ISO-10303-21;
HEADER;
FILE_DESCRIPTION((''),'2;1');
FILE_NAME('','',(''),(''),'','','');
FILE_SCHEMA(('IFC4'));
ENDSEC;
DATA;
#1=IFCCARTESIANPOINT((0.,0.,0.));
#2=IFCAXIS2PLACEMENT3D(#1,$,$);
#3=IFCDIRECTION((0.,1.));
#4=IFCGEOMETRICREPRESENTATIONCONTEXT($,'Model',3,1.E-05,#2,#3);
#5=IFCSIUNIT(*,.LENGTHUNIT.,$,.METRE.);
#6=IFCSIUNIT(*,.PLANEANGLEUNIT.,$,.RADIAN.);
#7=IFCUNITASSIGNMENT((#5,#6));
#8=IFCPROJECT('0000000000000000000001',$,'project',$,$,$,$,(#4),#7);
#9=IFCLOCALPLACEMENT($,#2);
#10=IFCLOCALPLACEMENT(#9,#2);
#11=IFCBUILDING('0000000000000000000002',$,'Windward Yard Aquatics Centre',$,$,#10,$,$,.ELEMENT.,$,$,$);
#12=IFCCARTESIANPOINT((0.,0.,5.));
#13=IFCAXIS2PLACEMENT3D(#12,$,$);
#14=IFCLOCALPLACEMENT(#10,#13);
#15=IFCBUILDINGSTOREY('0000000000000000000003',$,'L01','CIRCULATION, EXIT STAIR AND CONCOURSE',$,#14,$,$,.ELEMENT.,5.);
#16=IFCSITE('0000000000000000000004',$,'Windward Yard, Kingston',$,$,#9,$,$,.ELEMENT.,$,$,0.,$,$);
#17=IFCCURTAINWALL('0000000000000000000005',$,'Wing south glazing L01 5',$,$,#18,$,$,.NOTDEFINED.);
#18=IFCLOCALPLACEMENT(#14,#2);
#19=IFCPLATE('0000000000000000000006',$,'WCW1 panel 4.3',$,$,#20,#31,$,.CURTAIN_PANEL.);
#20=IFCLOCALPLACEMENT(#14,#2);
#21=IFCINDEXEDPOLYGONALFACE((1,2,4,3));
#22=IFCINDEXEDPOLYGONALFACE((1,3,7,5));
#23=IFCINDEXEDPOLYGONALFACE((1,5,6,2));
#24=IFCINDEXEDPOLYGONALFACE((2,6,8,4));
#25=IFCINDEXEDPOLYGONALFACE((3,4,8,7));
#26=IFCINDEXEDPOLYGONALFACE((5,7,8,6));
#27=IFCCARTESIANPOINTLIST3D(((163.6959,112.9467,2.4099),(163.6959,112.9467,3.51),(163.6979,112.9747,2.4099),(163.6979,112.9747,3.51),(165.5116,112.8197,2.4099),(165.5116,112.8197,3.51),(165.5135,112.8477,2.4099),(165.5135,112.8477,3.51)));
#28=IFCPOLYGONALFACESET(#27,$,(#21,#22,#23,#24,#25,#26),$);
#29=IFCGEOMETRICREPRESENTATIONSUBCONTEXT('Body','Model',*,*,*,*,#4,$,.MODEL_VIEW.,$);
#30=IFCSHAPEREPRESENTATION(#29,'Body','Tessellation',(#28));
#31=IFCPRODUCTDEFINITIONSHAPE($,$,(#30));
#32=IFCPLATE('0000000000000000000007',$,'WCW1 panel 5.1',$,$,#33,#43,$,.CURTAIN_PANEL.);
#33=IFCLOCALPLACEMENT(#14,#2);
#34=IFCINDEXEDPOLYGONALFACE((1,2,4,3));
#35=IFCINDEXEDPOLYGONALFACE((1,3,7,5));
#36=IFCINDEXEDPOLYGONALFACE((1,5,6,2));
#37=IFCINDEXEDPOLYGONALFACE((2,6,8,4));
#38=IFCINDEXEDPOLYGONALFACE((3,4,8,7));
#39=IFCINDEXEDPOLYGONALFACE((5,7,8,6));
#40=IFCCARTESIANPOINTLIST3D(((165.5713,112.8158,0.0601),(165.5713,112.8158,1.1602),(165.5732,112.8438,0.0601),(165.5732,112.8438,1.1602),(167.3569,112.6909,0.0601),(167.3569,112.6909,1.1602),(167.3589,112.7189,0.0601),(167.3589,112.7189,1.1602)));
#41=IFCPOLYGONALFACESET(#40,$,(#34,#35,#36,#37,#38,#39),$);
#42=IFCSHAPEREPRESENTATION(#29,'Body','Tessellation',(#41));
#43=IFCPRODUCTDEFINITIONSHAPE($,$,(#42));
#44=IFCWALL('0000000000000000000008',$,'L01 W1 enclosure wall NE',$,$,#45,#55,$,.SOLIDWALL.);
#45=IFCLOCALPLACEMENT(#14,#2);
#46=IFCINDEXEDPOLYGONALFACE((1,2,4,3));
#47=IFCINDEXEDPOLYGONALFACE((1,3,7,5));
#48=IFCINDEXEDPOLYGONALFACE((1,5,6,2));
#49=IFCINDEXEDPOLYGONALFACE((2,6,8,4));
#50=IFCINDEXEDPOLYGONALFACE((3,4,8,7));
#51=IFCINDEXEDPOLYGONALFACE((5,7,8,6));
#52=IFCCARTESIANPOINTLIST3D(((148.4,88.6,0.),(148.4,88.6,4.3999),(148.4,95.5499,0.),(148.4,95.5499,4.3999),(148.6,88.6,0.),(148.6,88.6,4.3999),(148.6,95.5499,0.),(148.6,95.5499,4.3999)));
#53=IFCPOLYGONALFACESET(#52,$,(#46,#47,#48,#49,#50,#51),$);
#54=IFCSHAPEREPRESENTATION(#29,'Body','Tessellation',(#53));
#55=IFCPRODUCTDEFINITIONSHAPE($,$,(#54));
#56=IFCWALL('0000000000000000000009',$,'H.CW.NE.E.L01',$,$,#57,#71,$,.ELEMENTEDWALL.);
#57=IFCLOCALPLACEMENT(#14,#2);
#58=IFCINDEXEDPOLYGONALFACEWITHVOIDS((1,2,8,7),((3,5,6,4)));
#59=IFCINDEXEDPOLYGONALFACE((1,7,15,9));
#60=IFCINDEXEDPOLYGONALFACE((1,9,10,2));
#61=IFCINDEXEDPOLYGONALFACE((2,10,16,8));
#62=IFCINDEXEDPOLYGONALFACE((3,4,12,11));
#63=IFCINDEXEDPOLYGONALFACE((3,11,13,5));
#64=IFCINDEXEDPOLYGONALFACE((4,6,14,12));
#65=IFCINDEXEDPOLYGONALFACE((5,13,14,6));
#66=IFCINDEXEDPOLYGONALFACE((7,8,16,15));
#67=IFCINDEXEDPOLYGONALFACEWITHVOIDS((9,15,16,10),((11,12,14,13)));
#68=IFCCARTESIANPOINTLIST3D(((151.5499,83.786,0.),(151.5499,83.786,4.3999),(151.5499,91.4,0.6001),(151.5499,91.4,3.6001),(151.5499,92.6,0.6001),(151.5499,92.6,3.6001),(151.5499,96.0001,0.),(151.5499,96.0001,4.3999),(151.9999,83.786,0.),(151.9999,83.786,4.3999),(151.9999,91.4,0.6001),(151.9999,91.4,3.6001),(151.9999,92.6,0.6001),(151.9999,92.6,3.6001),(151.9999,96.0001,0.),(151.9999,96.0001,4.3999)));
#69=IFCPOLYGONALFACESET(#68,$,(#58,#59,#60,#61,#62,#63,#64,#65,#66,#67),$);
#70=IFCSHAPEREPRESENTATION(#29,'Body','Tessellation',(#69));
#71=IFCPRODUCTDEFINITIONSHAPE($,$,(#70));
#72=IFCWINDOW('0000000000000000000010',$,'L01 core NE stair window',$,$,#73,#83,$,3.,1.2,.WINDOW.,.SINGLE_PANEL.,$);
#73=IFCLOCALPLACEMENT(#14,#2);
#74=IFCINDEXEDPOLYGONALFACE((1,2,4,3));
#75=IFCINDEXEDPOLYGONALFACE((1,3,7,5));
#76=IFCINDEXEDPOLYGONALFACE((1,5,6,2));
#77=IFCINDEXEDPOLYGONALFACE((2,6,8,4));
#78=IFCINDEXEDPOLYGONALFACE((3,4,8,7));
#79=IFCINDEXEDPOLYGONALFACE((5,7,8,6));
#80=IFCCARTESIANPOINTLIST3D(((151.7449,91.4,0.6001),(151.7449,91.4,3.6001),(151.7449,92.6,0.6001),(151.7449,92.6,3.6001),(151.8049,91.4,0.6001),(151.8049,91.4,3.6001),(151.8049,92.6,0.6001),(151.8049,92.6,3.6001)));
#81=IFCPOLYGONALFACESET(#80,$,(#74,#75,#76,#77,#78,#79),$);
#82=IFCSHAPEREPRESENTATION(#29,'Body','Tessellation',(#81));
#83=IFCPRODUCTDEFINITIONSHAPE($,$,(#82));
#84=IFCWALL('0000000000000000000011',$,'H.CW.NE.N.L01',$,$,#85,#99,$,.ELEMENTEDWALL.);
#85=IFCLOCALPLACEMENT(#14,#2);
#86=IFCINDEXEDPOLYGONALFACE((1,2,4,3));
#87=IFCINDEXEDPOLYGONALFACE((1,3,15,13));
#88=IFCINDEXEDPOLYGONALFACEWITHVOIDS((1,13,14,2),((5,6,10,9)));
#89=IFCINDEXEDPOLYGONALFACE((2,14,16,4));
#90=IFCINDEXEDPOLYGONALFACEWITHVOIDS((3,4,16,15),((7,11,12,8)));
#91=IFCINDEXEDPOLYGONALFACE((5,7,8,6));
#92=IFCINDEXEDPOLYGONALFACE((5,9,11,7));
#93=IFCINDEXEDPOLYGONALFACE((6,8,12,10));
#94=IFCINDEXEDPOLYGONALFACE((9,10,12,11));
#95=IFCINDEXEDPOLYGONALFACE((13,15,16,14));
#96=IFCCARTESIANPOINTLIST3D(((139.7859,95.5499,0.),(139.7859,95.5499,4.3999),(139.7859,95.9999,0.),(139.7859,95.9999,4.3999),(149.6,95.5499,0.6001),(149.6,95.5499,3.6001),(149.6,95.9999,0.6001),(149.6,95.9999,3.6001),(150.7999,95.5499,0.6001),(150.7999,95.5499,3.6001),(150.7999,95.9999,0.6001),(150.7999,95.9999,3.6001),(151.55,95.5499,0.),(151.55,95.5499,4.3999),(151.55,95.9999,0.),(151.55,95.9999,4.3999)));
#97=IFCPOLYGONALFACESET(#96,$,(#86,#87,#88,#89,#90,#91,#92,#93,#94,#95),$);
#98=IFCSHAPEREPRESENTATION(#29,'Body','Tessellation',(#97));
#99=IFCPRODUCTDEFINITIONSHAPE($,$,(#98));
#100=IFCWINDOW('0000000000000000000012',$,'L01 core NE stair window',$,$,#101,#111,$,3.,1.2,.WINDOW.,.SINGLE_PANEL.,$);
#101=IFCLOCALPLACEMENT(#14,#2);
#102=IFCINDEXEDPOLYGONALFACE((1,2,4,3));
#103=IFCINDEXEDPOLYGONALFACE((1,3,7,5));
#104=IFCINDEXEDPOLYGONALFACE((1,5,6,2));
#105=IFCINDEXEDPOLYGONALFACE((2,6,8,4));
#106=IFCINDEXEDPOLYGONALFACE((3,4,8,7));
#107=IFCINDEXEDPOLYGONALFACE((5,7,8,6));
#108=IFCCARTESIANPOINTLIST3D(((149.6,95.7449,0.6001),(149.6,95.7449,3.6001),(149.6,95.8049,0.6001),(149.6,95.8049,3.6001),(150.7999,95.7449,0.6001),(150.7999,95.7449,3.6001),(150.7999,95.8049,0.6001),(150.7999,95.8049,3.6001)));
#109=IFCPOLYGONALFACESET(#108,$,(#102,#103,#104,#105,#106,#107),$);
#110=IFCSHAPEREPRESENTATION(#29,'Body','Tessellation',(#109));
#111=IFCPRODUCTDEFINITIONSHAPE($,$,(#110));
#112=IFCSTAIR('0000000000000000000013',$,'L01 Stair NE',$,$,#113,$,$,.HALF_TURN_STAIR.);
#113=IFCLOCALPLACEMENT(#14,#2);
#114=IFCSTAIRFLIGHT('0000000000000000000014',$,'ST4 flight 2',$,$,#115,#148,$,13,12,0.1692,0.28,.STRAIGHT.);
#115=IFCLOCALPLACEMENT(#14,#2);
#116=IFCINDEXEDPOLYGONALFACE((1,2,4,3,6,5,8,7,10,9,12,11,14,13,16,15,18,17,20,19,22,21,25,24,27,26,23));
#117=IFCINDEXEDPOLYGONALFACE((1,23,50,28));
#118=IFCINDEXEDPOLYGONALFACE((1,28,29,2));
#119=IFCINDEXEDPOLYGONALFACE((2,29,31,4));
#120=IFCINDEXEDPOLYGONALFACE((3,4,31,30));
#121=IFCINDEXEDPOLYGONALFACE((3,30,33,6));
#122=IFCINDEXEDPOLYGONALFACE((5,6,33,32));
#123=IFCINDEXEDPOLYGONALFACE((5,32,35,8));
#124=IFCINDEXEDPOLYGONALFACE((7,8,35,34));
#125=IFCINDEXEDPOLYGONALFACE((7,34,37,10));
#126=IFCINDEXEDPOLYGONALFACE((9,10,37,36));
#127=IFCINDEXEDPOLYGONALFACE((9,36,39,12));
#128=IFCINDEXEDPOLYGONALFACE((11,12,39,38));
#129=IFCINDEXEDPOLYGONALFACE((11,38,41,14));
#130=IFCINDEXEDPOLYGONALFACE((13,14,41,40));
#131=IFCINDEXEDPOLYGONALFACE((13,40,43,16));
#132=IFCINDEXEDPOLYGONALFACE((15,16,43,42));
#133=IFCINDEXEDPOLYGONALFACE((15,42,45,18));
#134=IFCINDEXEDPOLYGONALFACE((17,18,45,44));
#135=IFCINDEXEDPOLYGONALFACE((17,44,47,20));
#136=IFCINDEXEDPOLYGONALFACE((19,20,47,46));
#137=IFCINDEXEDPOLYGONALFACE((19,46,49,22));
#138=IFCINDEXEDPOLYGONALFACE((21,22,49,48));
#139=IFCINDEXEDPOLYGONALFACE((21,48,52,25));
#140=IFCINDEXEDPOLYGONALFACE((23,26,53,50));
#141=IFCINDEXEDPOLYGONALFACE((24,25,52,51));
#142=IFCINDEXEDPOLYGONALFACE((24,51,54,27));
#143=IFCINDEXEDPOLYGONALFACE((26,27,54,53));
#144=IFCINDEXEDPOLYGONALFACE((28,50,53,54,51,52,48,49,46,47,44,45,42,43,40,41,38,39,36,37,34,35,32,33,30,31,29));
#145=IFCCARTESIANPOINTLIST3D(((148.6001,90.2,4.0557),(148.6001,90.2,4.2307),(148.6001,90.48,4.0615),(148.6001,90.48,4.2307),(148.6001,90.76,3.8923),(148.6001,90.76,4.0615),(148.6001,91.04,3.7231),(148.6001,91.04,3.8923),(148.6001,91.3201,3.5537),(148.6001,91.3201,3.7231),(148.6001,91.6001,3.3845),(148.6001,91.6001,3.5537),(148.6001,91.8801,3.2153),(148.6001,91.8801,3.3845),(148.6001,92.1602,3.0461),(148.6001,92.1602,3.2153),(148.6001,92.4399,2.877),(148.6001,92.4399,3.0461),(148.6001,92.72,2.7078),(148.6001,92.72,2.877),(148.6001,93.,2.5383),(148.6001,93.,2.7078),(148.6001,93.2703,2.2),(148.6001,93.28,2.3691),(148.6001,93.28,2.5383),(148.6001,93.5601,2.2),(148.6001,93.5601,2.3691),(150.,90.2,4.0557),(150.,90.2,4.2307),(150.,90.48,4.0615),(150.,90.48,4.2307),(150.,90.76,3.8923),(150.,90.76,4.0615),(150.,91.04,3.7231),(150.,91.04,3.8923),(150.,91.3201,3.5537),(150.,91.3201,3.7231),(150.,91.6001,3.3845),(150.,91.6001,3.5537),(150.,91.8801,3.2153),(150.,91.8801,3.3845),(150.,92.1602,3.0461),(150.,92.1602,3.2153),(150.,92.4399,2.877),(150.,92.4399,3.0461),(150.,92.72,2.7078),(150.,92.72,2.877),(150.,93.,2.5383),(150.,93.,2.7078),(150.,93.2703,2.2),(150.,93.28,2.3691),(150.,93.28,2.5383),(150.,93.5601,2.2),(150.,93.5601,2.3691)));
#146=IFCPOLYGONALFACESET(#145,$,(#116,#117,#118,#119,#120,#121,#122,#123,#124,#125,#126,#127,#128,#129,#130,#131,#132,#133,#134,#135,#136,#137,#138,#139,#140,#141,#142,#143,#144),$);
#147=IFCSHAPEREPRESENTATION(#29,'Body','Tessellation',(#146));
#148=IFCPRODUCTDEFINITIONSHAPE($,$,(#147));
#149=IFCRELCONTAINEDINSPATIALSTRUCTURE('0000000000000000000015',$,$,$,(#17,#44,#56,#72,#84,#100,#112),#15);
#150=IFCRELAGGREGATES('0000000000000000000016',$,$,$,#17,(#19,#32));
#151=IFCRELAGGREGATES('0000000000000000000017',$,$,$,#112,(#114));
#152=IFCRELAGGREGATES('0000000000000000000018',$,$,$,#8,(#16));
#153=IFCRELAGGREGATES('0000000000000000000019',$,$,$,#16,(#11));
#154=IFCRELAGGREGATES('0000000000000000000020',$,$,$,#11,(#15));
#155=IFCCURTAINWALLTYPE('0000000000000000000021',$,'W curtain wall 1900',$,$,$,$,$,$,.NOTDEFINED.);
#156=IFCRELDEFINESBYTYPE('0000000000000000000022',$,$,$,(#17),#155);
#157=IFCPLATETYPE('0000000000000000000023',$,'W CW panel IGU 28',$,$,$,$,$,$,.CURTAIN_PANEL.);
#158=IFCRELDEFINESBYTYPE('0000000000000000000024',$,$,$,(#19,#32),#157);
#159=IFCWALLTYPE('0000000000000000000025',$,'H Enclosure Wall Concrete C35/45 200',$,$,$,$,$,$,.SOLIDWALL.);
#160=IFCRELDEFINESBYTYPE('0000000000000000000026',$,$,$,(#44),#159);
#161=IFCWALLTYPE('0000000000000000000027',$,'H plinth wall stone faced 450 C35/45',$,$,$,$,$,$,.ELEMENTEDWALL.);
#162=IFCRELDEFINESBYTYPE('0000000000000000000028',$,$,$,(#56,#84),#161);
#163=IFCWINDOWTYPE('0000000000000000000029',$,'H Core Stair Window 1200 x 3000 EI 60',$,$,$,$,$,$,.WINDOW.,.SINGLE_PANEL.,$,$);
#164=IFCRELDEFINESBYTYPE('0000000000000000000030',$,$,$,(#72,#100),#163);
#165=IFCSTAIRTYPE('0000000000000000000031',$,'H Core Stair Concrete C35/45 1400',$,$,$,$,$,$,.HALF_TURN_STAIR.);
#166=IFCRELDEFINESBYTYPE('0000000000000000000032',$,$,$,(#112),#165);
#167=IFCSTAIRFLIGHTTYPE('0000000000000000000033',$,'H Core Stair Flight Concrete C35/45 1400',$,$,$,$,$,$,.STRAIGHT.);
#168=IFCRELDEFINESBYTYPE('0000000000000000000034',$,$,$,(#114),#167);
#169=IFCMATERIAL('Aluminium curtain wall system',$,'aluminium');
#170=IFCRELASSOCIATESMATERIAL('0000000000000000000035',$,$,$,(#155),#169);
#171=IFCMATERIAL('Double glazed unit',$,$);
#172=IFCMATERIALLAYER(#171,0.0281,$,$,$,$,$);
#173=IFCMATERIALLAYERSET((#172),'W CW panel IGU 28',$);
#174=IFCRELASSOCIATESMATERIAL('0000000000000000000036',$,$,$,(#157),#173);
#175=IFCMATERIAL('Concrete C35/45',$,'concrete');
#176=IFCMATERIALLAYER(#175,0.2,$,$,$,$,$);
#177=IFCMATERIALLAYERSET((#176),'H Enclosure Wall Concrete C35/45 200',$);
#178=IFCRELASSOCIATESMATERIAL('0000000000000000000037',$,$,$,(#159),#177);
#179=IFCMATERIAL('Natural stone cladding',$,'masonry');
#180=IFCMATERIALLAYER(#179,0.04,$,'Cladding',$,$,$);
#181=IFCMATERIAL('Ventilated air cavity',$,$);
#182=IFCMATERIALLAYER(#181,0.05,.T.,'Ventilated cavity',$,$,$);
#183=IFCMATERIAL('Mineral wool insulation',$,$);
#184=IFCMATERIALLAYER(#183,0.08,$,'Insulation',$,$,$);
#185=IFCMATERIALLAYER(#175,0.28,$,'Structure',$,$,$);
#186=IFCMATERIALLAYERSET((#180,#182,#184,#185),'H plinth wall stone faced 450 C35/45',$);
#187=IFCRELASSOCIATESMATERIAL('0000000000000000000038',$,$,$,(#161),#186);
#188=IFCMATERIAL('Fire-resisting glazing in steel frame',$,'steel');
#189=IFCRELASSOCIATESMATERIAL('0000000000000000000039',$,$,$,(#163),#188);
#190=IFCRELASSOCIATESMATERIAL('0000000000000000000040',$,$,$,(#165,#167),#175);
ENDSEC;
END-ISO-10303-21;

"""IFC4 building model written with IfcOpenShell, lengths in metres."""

from ifc_helpers import new_model, si_unit, direction, frame, frame_2d, origin, origin_2d, place, context, subcontext, project, spatial, polyline, rectangle, outline, extrude, material, layer, layer_set, type_object, element, fill, aggregate, save


model = new_model("IFC4")

# Units and contexts
model_context = context("Model", 3, precision=1e-05, world=origin(), true_north=direction((0.0, 1.0)))
body_context = subcontext(model_context, "Body", "Model", "MODEL_VIEW")
ifc_project = project(units=[si_unit("LENGTHUNIT", "METRE"), si_unit("PLANEANGLEUNIT", "RADIAN")], contexts=[model_context])

# Site, building, storey
site_placement = place(None, origin())
site = spatial("IfcSite", under=ifc_project, at=site_placement, Name="Windward Yard, Kingston", CompositionType="ELEMENT", RefElevation=0.0)
building_placement = place(site_placement, origin())
building = spatial("IfcBuilding", under=site, at=building_placement, Name="Windward Yard Aquatics Centre", CompositionType="ELEMENT")
storey_placement = place(building_placement, frame((0.0, 0.0, 5.0)))
storey = spatial("IfcBuildingStorey", under=building, at=storey_placement, Name="L01", Description="CIRCULATION, EXIT STAIR AND CONCOURSE", CompositionType="ELEMENT", Elevation=5.0)

# Curtain wall, plates
ifc_material_1 = material(Name="Aluminium curtain wall system", Category="aluminium")
curtain_wall_type = type_object("IfcCurtainWallType", Name="W curtain wall 1900", PredefinedType="NOTDEFINED", material=ifc_material_1)
curtain_wall_placement = place(storey_placement, origin())
curtain_wall = element("IfcCurtainWall", 1, at=curtain_wall_placement, inside=storey, type_object=curtain_wall_type, Name="Wing south glazing L01 5", PredefinedType="NOTDEFINED")
ifc_material_2 = material(Name="Double glazed unit")
ifc_layer_1 = layer(ifc_material_2, 0.0281)
ifc_layer_set_1 = layer_set([ifc_layer_1], Name="W CW panel IGU 28")
plate_type = type_object("IfcPlateType", Name="W CW panel IGU 28", PredefinedType="CURTAIN_PANEL", material=ifc_layer_set_1)
plate_1_placement = place(storey_placement, frame((164.6047, 112.8972, 2.4099), z_axis=(0.0, 0.0, 1.0), x_axis=(0.997564, -0.069755, 0.0)))
plate_1 = element("IfcPlate", 2, at=plate_1_placement, type_object=plate_type, Name="WCW1 panel 4.3", PredefinedType="CURTAIN_PANEL", context=body_context, shape_type="SweptSolid", body=[
    extrude(rectangle(XDim=1.8201, YDim=0.0281, at=origin_2d()), origin(), (0.0, 0.0, 1.0), 1.1001),
])
plate_2_placement = place(storey_placement, frame((166.4651, 112.7673, 0.0601), z_axis=(0.0, 0.0, 1.0), x_axis=(0.997564, -0.069755, 0.0)))
plate_2 = element("IfcPlate", 3, at=plate_2_placement, type_object=plate_type, Name="WCW1 panel 5.1", PredefinedType="CURTAIN_PANEL", context=body_context, shape_type="SweptSolid", body=[
    extrude(rectangle(XDim=1.79, YDim=0.0281, at=origin_2d()), origin(), (0.0, 0.0, 1.0), 1.1001),
])
aggregate(curtain_wall, [plate_1, plate_2])

# Wall
ifc_material_3 = material(Name="Concrete C35/45", Category="concrete")
ifc_layer_2 = layer(ifc_material_3, 0.2)
ifc_layer_set_2 = layer_set([ifc_layer_2], Name="H Enclosure Wall Concrete C35/45 200")
wall_type_1 = type_object("IfcWallType", Name="H Enclosure Wall Concrete C35/45 200", PredefinedType="SOLIDWALL", material=ifc_layer_set_2)
wall_1_placement = place(storey_placement, frame((148.5, 95.55, 0.0), z_axis=(0.0, 0.0, 1.0), x_axis=(0.0, -1.0, 0.0)))
element("IfcWall", 4, at=wall_1_placement, inside=storey, type_object=wall_type_1, Name="L01 W1 enclosure wall NE", PredefinedType="SOLIDWALL", context=body_context, shape_type="SweptSolid", body=[
    extrude(rectangle(XDim=6.95, YDim=0.2, at=frame_2d((3.4751, 0.0))), origin(), (0.0, 0.0, 1.0), 4.3999),
])

# Walls, openings, windows
ifc_material_4 = material(Name="Natural stone cladding", Category="masonry")
ifc_layer_3 = layer(ifc_material_4, 0.04, Name="Cladding")
ifc_material_5 = material(Name="Ventilated air cavity")
ifc_layer_4 = layer(ifc_material_5, 0.05, ventilated=True, Name="Ventilated cavity")
ifc_material_6 = material(Name="Mineral wool insulation")
ifc_layer_5 = layer(ifc_material_6, 0.08, Name="Insulation")
ifc_layer_6 = layer(ifc_material_3, 0.28, Name="Structure")
ifc_layer_set_3 = layer_set([ifc_layer_3, ifc_layer_4, ifc_layer_5, ifc_layer_6], Name="H plinth wall stone faced 450 C35/45")
wall_type_2 = type_object("IfcWallType", Name="H plinth wall stone faced 450 C35/45", PredefinedType="ELEMENTEDWALL", material=ifc_layer_set_3)
wall_2_placement = place(storey_placement, frame((151.7749, 96.0, 0.0), z_axis=(0.0, 0.0, 1.0), x_axis=(0.0, -1.0, 0.0)))
wall_2 = element("IfcWall", 5, at=wall_2_placement, inside=storey, type_object=wall_type_2, Name="H.CW.NE.E.L01", PredefinedType="ELEMENTEDWALL", context=body_context, shape_type="SweptSolid", body=[
    extrude(rectangle(XDim=12.2141, YDim=0.45, at=frame_2d((6.1069, 0.0))), origin(), (0.0, 0.0, 1.0), 4.3999),
])
opening_1_placement = place(wall_2_placement, frame((3.3999, 0.0, 0.6001)))
opening_1 = element("IfcOpeningElement", 6, at=opening_1_placement, cuts=wall_2, PredefinedType="OPENING", context=body_context, shape_type="SweptSolid", body=[
    extrude(rectangle(XDim=1.2, YDim=3.0, at=frame_2d((0.6001, 1.5))), frame((0.0, 0.2349, 0.0), z_axis=(0.0, -1.0, 0.0), x_axis=(1.0, 0.0, 0.0)), (0.0, 0.0, 1.0), 0.47),
])
ifc_material_7 = material(Name="Fire-resisting glazing in steel frame", Category="steel")
window_type = type_object("IfcWindowType", Name="H Core Stair Window 1200 x 3000 EI 60", PartitioningType="SINGLE_PANEL", PredefinedType="WINDOW", material=ifc_material_7)
window_1_placement = place(opening_1_placement, origin())
window_1 = element("IfcWindow", 7, at=window_1_placement, inside=storey, type_object=window_type, Name="L01 core NE stair window", OverallHeight=3.0, OverallWidth=1.2, PartitioningType="SINGLE_PANEL", PredefinedType="WINDOW", context=body_context, shape_type="SweptSolid", body=[
    extrude(rectangle(XDim=1.2, YDim=3.0, at=frame_2d((0.6001, 1.5))), frame((0.0, 0.03, 0.0), z_axis=(0.0, -1.0, 0.0), x_axis=(1.0, 0.0, 0.0)), (0.0, 0.0, 1.0), 0.0601),
])
fill(opening_1, window_1)
wall_3_placement = place(storey_placement, frame((151.55, 95.7749, 0.0), z_axis=(0.0, 0.0, 1.0), x_axis=(-1.0, 0.0, 0.0)))
wall_3 = element("IfcWall", 8, at=wall_3_placement, inside=storey, type_object=wall_type_2, Name="H.CW.NE.N.L01", PredefinedType="ELEMENTEDWALL", context=body_context, shape_type="SweptSolid", body=[
    extrude(rectangle(XDim=11.7642, YDim=0.45, at=frame_2d((5.8821, 0.0))), origin(), (0.0, 0.0, 1.0), 4.3999),
])
opening_2_placement = place(wall_3_placement, frame((0.75, 0.0, 0.6001)))
opening_2 = element("IfcOpeningElement", 9, at=opening_2_placement, cuts=wall_3, PredefinedType="OPENING", context=body_context, shape_type="SweptSolid", body=[
    extrude(rectangle(XDim=1.2, YDim=3.0, at=frame_2d((0.6001, 1.5))), frame((0.0, 0.2349, 0.0), z_axis=(0.0, -1.0, 0.0), x_axis=(1.0, 0.0, 0.0)), (0.0, 0.0, 1.0), 0.47),
])
window_2_placement = place(opening_2_placement, origin())
window_2 = element("IfcWindow", 10, at=window_2_placement, inside=storey, type_object=window_type, Name="L01 core NE stair window", OverallHeight=3.0, OverallWidth=1.2, PartitioningType="SINGLE_PANEL", PredefinedType="WINDOW", context=body_context, shape_type="SweptSolid", body=[
    extrude(rectangle(XDim=1.2, YDim=3.0, at=frame_2d((0.6001, 1.5))), frame((0.0, 0.03, 0.0), z_axis=(0.0, -1.0, 0.0), x_axis=(1.0, 0.0, 0.0)), (0.0, 0.0, 1.0), 0.0601),
])
fill(opening_2, window_2)

# Stair, stair flight
stair_type = type_object("IfcStairType", Name="H Core Stair Concrete C35/45 1400", PredefinedType="HALF_TURN_STAIR", material=ifc_material_3)
stair_placement = place(storey_placement, origin())
stair = element("IfcStair", 11, at=stair_placement, inside=storey, type_object=stair_type, Name="L01 Stair NE", PredefinedType="HALF_TURN_STAIR")
stair_flight_type = type_object("IfcStairFlightType", Name="H Core Stair Flight Concrete C35/45 1400", PredefinedType="STRAIGHT", material=ifc_material_3)
stair_flight_placement = place(storey_placement, frame((149.3, 93.5601, 2.2), z_axis=(0.0, 0.0, 1.0), x_axis=(0.0, -1.0, 0.0)))
stair_flight = element("IfcStairFlight", 12, at=stair_flight_placement, type_object=stair_flight_type, Name="ST4 flight 2", NumberOfRisers=13, NumberOfTreads=12, PredefinedType="STRAIGHT", RiserHeight=0.1692, TreadLength=0.28, context=body_context, shape_type="SweptSolid", body=[
    extrude(outline(polyline([(0.0, 0.0), (0.0, 0.1692), (0.28, 0.1692), (0.28, 0.3384), (0.5601, 0.3384), (0.5601, 0.5078), (0.8401, 0.5078), (0.8401, 0.677), (1.1201, 0.677), (1.1201, 0.8462), (1.3999, 0.8462), (1.3999, 1.0154), (1.6799, 1.0154), (1.6799, 1.1846), (1.96, 1.1846), (1.96, 1.3538), (2.24, 1.3538), (2.24, 1.5232), (2.52, 1.5232), (2.52, 1.6924), (2.8, 1.6924), (2.8, 1.8616), (3.0801, 1.8616), (3.0801, 2.0308), (3.3601, 2.0308), (3.3601, 2.2), (3.3601, 1.8557), (0.2898, 0.0), (0.0, 0.0)])), frame((0.0, 0.7, 0.0), z_axis=(0.0, -1.0, 0.0), x_axis=(1.0, 0.0, 0.0)), (0.0, 0.0, 1.0), 1.3999),
])
aggregate(stair, [stair_flight])

save(model, "model.ifc")
